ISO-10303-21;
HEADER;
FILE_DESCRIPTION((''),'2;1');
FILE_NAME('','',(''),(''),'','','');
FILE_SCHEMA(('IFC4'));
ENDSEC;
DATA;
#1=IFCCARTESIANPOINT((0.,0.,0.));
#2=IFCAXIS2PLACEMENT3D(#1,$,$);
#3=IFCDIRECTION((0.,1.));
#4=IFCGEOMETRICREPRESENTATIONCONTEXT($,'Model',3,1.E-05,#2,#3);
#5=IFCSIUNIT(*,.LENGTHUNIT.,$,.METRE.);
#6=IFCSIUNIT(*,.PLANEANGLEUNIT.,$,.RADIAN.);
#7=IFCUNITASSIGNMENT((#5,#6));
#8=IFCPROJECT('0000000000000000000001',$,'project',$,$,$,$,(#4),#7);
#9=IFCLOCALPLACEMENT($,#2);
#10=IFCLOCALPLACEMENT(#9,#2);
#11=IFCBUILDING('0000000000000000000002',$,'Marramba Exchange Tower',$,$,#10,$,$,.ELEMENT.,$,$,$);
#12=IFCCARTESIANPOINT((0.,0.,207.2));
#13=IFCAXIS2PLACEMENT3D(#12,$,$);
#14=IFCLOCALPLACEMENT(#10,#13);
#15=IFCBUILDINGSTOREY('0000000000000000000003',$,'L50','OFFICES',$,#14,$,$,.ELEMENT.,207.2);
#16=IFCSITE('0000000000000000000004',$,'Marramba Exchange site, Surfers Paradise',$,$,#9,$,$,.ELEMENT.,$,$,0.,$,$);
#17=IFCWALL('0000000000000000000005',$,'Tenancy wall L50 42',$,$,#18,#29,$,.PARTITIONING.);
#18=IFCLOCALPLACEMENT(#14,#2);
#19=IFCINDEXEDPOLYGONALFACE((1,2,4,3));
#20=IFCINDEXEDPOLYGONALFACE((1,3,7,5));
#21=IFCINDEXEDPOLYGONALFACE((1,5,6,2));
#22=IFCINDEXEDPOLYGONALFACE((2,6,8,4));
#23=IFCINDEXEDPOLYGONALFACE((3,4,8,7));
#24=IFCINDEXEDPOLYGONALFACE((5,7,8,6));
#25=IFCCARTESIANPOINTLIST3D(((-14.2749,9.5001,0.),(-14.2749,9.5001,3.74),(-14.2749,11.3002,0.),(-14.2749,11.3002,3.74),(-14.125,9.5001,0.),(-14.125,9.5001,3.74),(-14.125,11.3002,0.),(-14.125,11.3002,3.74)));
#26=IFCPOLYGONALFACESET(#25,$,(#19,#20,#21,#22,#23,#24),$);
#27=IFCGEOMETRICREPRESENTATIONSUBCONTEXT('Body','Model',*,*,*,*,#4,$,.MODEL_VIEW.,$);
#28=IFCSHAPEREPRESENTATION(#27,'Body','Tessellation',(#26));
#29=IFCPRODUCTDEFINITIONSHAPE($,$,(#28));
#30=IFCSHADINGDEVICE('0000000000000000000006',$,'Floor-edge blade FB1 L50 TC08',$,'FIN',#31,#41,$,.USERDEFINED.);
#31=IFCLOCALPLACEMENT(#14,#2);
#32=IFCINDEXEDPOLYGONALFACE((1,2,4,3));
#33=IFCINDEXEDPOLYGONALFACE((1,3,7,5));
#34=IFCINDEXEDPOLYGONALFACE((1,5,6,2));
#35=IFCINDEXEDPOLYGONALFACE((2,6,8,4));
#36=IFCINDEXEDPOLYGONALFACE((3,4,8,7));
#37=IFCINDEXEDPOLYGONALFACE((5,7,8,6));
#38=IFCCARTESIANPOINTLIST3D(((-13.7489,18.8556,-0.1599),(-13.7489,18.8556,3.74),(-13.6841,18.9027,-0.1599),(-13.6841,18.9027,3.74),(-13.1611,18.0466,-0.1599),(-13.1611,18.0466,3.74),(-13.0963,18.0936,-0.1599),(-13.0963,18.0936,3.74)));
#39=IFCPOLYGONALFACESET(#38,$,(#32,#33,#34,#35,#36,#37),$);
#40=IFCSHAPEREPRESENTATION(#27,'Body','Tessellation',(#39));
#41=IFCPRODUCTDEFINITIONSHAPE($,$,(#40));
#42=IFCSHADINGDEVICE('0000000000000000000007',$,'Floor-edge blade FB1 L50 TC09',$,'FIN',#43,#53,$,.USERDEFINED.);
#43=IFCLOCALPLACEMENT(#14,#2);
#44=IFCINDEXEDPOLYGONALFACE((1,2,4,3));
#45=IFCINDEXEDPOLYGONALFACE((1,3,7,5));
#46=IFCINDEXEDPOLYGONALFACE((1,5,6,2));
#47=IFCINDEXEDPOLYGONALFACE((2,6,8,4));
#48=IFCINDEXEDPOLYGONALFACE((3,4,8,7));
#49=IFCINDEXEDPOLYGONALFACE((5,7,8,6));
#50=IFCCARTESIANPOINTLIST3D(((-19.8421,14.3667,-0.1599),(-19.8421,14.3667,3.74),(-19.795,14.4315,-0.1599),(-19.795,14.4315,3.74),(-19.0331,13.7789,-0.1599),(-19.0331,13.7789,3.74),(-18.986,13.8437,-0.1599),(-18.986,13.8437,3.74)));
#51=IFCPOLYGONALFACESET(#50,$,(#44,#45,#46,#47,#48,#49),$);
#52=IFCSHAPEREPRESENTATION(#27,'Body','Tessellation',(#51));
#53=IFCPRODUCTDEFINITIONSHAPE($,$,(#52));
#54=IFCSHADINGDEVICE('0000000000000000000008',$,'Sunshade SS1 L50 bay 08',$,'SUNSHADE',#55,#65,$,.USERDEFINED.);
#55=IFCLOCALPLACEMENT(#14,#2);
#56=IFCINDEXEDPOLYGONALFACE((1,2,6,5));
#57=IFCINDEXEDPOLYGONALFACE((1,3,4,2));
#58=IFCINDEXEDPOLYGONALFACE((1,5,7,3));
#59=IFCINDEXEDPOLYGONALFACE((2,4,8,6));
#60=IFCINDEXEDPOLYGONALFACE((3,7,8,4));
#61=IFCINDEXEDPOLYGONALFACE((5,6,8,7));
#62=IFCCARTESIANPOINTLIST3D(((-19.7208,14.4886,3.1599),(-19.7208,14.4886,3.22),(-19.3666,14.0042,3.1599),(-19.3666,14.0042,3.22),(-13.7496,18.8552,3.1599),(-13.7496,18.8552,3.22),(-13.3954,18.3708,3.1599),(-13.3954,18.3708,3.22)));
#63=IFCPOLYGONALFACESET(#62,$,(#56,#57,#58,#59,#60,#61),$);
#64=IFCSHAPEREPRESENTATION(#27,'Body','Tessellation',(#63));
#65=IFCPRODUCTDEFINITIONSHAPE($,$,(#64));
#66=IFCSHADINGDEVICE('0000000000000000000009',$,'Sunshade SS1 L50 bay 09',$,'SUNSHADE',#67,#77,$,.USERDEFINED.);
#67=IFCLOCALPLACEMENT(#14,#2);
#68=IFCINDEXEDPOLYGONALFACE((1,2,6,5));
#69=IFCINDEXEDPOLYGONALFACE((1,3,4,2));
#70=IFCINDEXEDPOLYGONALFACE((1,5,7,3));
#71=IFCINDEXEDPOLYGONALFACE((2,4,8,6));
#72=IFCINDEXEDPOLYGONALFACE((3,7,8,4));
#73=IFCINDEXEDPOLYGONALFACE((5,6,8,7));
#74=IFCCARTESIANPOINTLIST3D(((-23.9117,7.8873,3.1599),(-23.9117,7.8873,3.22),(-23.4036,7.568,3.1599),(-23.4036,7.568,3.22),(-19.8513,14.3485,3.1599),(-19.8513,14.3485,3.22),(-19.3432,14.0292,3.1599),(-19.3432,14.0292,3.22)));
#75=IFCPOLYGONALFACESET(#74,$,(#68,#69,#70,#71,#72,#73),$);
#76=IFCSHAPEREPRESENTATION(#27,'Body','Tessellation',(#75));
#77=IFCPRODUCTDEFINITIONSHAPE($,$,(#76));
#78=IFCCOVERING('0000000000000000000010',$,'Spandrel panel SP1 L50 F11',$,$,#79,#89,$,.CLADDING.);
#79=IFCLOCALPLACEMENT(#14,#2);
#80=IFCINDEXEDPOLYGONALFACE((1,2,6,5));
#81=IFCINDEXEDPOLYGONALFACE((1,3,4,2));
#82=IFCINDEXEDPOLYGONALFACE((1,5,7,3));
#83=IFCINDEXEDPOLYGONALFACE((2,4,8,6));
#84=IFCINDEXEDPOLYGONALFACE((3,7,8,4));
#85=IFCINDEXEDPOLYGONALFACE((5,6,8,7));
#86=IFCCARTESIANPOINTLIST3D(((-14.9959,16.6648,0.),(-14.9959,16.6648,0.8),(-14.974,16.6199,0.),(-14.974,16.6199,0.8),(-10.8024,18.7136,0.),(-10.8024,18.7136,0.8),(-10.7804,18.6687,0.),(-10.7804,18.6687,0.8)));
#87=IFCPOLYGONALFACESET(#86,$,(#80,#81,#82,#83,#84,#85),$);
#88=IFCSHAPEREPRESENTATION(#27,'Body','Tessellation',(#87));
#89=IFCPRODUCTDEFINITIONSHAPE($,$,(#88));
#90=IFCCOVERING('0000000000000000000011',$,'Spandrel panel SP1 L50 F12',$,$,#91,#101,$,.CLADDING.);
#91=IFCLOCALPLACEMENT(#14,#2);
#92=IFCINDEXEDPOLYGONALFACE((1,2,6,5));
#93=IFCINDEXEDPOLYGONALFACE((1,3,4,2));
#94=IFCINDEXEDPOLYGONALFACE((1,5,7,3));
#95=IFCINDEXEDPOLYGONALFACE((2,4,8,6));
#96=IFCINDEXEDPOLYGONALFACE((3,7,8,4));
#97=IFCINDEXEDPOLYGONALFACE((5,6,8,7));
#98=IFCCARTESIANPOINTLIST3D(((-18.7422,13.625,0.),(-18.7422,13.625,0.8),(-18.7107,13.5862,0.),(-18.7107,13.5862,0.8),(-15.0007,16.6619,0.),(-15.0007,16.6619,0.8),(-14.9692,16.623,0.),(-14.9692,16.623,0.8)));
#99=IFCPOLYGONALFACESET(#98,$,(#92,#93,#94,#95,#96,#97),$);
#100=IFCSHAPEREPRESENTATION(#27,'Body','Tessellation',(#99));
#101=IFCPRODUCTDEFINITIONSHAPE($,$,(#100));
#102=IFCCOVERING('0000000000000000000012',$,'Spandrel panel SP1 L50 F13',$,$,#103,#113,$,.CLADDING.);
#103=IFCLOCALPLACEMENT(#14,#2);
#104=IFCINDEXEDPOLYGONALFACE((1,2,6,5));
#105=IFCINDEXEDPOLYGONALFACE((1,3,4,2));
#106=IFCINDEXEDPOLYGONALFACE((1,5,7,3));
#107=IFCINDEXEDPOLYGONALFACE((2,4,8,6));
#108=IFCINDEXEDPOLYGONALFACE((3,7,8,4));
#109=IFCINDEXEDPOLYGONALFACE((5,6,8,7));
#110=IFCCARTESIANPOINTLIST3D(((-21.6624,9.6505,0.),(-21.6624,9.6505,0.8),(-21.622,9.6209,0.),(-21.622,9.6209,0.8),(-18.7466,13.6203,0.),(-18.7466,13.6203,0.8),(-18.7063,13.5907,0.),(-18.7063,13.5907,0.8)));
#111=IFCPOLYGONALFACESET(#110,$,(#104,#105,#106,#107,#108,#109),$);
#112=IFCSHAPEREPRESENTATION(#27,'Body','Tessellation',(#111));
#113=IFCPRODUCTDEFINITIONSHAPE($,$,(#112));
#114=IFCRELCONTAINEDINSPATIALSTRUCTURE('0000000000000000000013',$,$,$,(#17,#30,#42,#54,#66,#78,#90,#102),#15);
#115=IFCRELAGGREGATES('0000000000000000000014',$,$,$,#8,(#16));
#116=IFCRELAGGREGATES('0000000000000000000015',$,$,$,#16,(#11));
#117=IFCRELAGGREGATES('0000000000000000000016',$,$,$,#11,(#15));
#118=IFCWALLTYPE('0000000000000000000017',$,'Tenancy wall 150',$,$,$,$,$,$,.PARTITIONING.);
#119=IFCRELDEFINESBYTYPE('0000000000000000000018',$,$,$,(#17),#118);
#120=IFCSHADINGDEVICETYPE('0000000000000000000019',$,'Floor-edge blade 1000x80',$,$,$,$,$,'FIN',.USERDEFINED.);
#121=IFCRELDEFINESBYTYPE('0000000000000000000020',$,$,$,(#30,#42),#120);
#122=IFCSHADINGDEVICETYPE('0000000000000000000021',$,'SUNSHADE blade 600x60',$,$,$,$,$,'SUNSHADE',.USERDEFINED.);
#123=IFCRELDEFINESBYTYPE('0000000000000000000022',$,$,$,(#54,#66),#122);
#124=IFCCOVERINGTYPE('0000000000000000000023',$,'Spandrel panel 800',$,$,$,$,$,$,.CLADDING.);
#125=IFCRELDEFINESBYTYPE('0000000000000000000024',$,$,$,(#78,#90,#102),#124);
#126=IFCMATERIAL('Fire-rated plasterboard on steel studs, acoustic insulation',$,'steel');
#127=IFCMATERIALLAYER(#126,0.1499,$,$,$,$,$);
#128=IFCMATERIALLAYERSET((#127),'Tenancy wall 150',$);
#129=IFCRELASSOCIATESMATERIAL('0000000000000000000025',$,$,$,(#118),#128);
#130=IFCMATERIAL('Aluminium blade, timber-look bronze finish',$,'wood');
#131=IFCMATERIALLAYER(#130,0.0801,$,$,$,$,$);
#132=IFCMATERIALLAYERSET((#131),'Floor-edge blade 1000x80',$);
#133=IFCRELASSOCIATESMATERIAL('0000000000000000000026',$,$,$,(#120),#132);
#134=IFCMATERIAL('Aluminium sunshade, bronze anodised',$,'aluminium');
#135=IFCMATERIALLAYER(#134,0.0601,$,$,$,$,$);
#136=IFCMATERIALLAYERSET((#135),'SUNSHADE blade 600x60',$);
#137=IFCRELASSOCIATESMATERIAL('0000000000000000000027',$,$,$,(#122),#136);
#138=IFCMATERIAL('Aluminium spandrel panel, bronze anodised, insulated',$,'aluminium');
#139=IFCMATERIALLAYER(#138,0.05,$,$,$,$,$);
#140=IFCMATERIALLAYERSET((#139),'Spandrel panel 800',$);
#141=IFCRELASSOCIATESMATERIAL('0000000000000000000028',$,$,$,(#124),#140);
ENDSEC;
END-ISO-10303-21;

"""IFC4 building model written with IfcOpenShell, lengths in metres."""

from ifc_helpers import new_model, si_unit, direction, frame, frame_2d, origin, origin_2d, place, context, subcontext, project, spatial, rectangle, extrude, material, layer, layer_set, type_object, element, save


model = new_model("IFC4")

# Units and contexts
model_context = context("Model", 3, precision=1e-05, world=origin(), true_north=direction((0.0, 1.0)))
body_context = subcontext(model_context, "Body", "Model", "MODEL_VIEW")
ifc_project = project(units=[si_unit("LENGTHUNIT", "METRE"), si_unit("PLANEANGLEUNIT", "RADIAN")], contexts=[model_context])

# Site, building, storey
site_placement = place(None, origin())
site = spatial("IfcSite", under=ifc_project, at=site_placement, Name="Marramba Exchange site, Surfers Paradise", CompositionType="ELEMENT", RefElevation=0.0)
building_placement = place(site_placement, origin())
building = spatial("IfcBuilding", under=site, at=building_placement, Name="Marramba Exchange Tower", CompositionType="ELEMENT")
storey_placement = place(building_placement, frame((0.0, 0.0, 207.2)))
storey = spatial("IfcBuildingStorey", under=building, at=storey_placement, Name="L50", Description="OFFICES", CompositionType="ELEMENT", Elevation=207.2)

# Wall
ifc_material_1 = material(Name="Fire-rated plasterboard on steel studs, acoustic insulation", Category="steel")
ifc_layer_1 = layer(ifc_material_1, 0.1499)
ifc_layer_set_1 = layer_set([ifc_layer_1], Name="Tenancy wall 150")
wall_type = type_object("IfcWallType", Name="Tenancy wall 150", PredefinedType="PARTITIONING", material=ifc_layer_set_1)
wall_placement = place(storey_placement, frame((-14.2, 11.3, 0.0), z_axis=(0.0, 0.0, 1.0), x_axis=(0.0, -1.0, 0.0)))
element("IfcWall", 1, at=wall_placement, inside=storey, type_object=wall_type, Name="Tenancy wall L50 42", PredefinedType="PARTITIONING", context=body_context, shape_type="SweptSolid", body=[
    extrude(rectangle(XDim=1.8, YDim=0.1499, at=frame_2d((0.8999, 0.0))), origin(), (0.0, 0.0, 1.0), 3.74),
])

# Shading devices
ifc_material_2 = material(Name="Aluminium blade, timber-look bronze finish", Category="wood")
ifc_layer_2 = layer(ifc_material_2, 0.0801)
ifc_layer_set_2 = layer_set([ifc_layer_2], Name="Floor-edge blade 1000x80")
shading_device_type_1 = type_object("IfcShadingDeviceType", Name="Floor-edge blade 1000x80", ElementType="FIN", PredefinedType="USERDEFINED", material=ifc_layer_set_2)
for number, where, z_axis, x_axis, name in (
    (2, (-13.4226, 18.4746, -0.1599), (0.0, 0.0, 1.0), (-0.587785, 0.809017, 0.0), "Floor-edge blade FB1 L50 TC08"),
    (3, (-19.4141, 14.1052, -0.1599), (0.0, 0.0, 1.0), (-0.809017, 0.587785, 0.0), "Floor-edge blade FB1 L50 TC09"),
):
    element("IfcShadingDevice", number, at=place(storey_placement, frame(where, z_axis=z_axis, x_axis=x_axis)), inside=storey, type_object=shading_device_type_1, Name=name, ObjectType="FIN", PredefinedType="USERDEFINED", context=body_context, shape_type="SweptSolid", body=[
        extrude(rectangle(XDim=1.0, YDim=0.0801, at=origin_2d()), origin(), (0.0, 0.0, 1.0), 3.8999),
    ])
ifc_material_3 = material(Name="Aluminium sunshade, bronze anodised", Category="aluminium")
ifc_layer_3 = layer(ifc_material_3, 0.0601)
ifc_layer_set_3 = layer_set([ifc_layer_3], Name="SUNSHADE blade 600x60")
shading_device_type_2 = type_object("IfcShadingDeviceType", Name="SUNSHADE blade 600x60", ElementType="SUNSHADE", PredefinedType="USERDEFINED", material=ifc_layer_set_3)
shading_device_1_placement = place(storey_placement, frame((-16.5581, 16.4297, 3.1599), z_axis=(0.0, 0.0, 1.0), x_axis=(-0.807194, -0.590286, 0.0)))
element("IfcShadingDevice", 4, at=shading_device_1_placement, inside=storey, type_object=shading_device_type_2, Name="Sunshade SS1 L50 bay 08", ObjectType="SUNSHADE", PredefinedType="USERDEFINED", context=body_context, shape_type="SweptSolid", body=[
    extrude(rectangle(XDim=7.3975, YDim=0.6001, at=origin_2d()), origin(), (0.0, 0.0, 1.0), 0.0601),
])
shading_device_2_placement = place(storey_placement, frame((-21.6274, 10.9583, 3.1599), z_axis=(0.0, 0.0, 1.0), x_axis=(-0.532082, -0.846693, 0.0)))
element("IfcShadingDevice", 5, at=shading_device_2_placement, inside=storey, type_object=shading_device_type_2, Name="Sunshade SS1 L50 bay 09", ObjectType="SUNSHADE", PredefinedType="USERDEFINED", context=body_context, shape_type="SweptSolid", body=[
    extrude(rectangle(XDim=7.6311, YDim=0.6001, at=origin_2d()), origin(), (0.0, 0.0, 1.0), 0.0601),
])

# Coverings
ifc_material_4 = material(Name="Aluminium spandrel panel, bronze anodised, insulated", Category="aluminium")
ifc_layer_4 = layer(ifc_material_4, 0.05)
ifc_layer_set_4 = layer_set([ifc_layer_4], Name="Spandrel panel 800")
covering_type = type_object("IfcCoveringType", Name="Spandrel panel 800", PredefinedType="CLADDING", material=ifc_layer_set_4)
covering_1_placement = place(storey_placement, frame((-12.8882, 17.6667, 0.0), z_axis=(0.0, 0.0, 1.0), x_axis=(-0.898501, -0.438972, 0.0)))
element("IfcCovering", 6, at=covering_1_placement, inside=storey, type_object=covering_type, Name="Spandrel panel SP1 L50 F11", PredefinedType="CLADDING", context=body_context, shape_type="SweptSolid", body=[
    extrude(rectangle(XDim=4.6672, YDim=0.05, at=origin_2d()), origin(), (0.0, 0.0, 1.0), 0.8),
])
covering_2_placement = place(storey_placement, frame((-16.8557, 15.124, 0.0), z_axis=(0.0, 0.0, 1.0), x_axis=(-0.776432, -0.630201, 0.0)))
element("IfcCovering", 7, at=covering_2_placement, inside=storey, type_object=covering_type, Name="Spandrel panel SP1 L50 F12", PredefinedType="CLADDING", context=body_context, shape_type="SweptSolid", body=[
    extrude(rectangle(XDim=4.8188, YDim=0.05, at=origin_2d()), origin(), (0.0, 0.0, 1.0), 0.8),
])
covering_3_placement = place(storey_placement, frame((-20.1843, 11.6206, 0.0), z_axis=(0.0, 0.0, 1.0), x_axis=(-0.591963, -0.805965, 0.0)))
element("IfcCovering", 8, at=covering_3_placement, inside=storey, type_object=covering_type, Name="Spandrel panel SP1 L50 F13", PredefinedType="CLADDING", context=body_context, shape_type="SweptSolid", body=[
    extrude(rectangle(XDim=4.9255, YDim=0.05, at=origin_2d()), origin(), (0.0, 0.0, 1.0), 0.8),
])

save(model, "model.ifc")
